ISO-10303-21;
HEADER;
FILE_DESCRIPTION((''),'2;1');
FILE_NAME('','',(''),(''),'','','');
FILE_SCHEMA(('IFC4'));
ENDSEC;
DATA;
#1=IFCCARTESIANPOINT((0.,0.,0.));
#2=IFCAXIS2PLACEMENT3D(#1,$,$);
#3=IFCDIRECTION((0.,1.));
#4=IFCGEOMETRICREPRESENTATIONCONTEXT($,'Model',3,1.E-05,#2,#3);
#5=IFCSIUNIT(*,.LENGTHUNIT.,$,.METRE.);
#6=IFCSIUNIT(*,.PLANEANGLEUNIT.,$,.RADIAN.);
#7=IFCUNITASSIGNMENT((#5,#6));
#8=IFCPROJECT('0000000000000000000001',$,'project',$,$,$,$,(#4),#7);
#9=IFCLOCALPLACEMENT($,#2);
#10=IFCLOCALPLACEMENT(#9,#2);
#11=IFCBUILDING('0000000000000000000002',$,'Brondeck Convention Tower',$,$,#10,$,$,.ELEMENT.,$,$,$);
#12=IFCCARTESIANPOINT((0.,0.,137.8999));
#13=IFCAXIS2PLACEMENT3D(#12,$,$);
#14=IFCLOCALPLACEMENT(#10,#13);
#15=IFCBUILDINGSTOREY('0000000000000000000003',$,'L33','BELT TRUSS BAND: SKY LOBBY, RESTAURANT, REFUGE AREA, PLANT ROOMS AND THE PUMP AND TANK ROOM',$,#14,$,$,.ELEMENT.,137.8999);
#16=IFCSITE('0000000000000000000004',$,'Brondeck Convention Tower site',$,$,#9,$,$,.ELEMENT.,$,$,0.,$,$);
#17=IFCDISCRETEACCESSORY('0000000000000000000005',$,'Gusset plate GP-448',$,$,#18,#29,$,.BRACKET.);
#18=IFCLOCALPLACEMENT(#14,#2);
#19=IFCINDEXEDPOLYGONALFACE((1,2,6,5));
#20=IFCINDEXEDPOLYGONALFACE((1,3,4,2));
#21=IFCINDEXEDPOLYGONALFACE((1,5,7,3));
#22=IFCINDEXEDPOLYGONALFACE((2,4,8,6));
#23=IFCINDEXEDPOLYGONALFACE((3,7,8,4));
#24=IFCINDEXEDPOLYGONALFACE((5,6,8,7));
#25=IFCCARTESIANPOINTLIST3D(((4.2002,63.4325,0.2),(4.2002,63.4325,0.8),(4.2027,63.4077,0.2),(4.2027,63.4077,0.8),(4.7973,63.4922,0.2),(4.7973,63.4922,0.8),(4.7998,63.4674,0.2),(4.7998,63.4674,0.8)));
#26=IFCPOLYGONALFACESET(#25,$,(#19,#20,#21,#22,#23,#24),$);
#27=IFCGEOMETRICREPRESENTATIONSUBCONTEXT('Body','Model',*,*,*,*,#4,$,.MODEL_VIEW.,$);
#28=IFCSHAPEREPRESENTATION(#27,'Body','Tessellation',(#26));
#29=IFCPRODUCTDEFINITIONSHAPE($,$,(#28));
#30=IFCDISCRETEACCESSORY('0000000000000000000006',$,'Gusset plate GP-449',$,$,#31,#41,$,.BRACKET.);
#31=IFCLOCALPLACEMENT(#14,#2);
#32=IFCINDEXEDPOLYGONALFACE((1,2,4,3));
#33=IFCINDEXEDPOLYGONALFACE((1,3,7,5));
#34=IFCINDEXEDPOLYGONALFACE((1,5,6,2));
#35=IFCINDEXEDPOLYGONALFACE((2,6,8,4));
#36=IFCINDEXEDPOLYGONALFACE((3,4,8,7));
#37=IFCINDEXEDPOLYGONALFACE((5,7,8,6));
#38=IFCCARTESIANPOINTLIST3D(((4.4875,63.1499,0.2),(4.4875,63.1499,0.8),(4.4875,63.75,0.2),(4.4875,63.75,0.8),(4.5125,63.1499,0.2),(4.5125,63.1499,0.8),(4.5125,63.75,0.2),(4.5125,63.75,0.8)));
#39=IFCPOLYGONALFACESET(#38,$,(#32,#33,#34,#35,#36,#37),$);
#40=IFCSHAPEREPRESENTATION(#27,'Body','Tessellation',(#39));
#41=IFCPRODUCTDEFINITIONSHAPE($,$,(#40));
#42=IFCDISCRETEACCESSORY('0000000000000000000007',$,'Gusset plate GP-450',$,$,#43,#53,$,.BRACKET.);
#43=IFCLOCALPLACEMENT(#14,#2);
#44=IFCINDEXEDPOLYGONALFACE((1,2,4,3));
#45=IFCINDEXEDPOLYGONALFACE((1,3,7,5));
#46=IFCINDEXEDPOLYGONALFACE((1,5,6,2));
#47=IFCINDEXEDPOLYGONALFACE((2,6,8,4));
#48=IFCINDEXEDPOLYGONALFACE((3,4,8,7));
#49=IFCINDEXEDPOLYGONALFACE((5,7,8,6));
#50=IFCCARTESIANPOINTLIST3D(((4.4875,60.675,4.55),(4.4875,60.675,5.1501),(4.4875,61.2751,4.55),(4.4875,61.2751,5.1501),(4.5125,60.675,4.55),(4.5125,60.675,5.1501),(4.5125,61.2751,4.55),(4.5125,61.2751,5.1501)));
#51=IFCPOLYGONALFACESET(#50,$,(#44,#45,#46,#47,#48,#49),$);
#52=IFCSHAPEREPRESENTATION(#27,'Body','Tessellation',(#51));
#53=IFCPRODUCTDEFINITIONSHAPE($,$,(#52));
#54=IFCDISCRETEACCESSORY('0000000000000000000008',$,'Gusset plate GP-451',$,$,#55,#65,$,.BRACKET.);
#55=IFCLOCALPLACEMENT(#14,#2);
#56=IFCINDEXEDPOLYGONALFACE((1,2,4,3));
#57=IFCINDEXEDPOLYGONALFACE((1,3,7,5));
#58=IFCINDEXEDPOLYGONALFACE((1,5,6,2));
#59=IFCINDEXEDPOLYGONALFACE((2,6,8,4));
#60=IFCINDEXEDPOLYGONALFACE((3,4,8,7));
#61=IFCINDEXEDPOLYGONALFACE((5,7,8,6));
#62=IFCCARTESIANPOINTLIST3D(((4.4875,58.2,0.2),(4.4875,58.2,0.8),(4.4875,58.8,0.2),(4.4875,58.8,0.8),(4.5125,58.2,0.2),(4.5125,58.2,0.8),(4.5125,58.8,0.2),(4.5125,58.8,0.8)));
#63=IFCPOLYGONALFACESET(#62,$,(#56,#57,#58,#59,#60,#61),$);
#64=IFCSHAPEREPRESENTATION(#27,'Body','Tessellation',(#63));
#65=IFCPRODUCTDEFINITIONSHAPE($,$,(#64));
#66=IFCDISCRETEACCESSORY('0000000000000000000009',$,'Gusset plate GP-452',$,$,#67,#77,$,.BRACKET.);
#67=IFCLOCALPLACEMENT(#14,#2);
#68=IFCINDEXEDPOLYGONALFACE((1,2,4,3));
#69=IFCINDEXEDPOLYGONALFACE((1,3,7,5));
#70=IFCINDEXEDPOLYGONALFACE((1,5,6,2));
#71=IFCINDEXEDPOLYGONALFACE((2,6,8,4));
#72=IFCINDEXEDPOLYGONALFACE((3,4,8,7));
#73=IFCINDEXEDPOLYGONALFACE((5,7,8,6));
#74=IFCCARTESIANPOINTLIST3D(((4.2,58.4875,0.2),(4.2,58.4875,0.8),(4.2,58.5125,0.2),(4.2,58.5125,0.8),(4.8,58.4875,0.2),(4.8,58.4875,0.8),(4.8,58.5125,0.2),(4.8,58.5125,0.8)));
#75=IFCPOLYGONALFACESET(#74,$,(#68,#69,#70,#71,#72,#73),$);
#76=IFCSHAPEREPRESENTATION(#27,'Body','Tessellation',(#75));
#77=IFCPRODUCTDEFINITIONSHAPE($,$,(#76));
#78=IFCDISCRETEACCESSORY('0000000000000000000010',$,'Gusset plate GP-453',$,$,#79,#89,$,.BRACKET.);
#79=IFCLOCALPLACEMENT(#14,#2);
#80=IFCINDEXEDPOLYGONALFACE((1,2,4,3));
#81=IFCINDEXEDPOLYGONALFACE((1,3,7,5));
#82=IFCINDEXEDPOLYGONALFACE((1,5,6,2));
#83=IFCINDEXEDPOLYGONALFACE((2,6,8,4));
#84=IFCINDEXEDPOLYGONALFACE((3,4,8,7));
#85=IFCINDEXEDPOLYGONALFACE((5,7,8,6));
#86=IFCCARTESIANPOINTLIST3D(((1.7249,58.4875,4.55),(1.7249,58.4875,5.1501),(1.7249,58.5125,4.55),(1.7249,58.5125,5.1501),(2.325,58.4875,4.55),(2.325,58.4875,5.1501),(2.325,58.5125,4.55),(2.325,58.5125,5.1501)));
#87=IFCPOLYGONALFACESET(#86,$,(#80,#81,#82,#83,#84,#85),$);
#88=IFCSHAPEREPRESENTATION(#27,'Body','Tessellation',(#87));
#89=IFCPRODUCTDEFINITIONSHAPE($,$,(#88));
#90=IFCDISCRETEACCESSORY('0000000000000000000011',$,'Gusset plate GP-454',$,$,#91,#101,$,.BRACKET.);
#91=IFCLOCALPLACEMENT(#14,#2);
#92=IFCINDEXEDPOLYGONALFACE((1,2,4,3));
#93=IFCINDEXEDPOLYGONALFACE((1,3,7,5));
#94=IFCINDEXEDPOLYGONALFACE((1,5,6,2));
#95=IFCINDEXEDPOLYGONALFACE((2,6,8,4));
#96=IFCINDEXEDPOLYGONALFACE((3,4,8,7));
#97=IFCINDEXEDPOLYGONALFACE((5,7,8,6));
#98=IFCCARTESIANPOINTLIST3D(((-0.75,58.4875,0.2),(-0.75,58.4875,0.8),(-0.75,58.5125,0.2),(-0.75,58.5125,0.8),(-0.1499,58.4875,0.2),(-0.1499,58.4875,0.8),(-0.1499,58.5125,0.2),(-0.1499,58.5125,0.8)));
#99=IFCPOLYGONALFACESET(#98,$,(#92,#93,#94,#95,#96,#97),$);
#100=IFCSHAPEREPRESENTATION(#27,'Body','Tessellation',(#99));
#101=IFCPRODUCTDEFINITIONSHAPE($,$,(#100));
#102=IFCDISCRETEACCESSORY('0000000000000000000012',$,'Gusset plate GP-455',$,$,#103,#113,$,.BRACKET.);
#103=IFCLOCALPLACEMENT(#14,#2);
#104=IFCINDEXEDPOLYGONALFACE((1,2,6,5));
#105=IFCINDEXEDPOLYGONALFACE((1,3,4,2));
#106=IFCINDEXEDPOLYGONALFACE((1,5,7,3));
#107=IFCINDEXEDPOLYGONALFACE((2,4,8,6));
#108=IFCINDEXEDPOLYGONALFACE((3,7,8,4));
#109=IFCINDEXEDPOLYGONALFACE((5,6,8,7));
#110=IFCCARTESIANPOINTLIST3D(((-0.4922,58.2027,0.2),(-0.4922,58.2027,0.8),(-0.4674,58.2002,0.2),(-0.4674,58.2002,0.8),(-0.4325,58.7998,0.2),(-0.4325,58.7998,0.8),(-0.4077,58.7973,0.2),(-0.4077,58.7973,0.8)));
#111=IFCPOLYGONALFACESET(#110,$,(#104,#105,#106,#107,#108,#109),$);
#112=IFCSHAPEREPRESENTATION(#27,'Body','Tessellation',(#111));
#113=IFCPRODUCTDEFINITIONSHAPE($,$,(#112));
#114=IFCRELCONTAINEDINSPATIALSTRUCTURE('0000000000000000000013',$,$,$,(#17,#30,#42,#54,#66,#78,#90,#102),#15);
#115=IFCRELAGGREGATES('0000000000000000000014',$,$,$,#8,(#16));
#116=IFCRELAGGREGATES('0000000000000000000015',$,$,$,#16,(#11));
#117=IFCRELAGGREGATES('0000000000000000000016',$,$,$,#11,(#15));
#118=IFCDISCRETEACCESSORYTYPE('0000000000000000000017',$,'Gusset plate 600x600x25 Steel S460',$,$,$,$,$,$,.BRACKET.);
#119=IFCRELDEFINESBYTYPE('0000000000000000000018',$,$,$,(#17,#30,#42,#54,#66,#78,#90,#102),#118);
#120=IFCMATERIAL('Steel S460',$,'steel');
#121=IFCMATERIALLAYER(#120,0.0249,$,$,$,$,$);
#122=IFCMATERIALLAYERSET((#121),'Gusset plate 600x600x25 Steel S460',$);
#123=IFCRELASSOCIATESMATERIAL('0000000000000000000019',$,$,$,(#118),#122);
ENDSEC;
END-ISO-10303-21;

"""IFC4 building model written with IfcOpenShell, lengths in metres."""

from ifc_helpers import new_model, si_unit, direction, frame, origin, origin_2d, place, context, subcontext, project, spatial, rectangle, extrude, material, layer, layer_set, type_object, element, save


model = new_model("IFC4")

# Units and contexts
model_context = context("Model", 3, precision=1e-05, world=origin(), true_north=direction((0.0, 1.0)))
body_context = subcontext(model_context, "Body", "Model", "MODEL_VIEW")
ifc_project = project(units=[si_unit("LENGTHUNIT", "METRE"), si_unit("PLANEANGLEUNIT", "RADIAN")], contexts=[model_context])

# Site, building, storey
site_placement = place(None, origin())
site = spatial("IfcSite", under=ifc_project, at=site_placement, Name="Brondeck Convention Tower site", CompositionType="ELEMENT", RefElevation=0.0)
building_placement = place(site_placement, origin())
building = spatial("IfcBuilding", under=site, at=building_placement, Name="Brondeck Convention Tower", CompositionType="ELEMENT")
storey_placement = place(building_placement, frame((0.0, 0.0, 137.8999)))
storey = spatial("IfcBuildingStorey", under=building, at=storey_placement, Name="L33", Description="BELT TRUSS BAND: SKY LOBBY, RESTAURANT, REFUGE AREA, PLANT ROOMS AND THE PUMP AND TANK ROOM", CompositionType="ELEMENT", Elevation=137.8999)

# Shared definitions
ifc_material_1 = material(Name="Steel S460", Category="steel")

# Discrete accessories
ifc_layer_1 = layer(ifc_material_1, 0.0249)
ifc_layer_set_1 = layer_set([ifc_layer_1], Name="Gusset plate 600x600x25 Steel S460")
discrete_accessory_type = type_object("IfcDiscreteAccessoryType", Name="Gusset plate 600x600x25 Steel S460", PredefinedType="BRACKET", material=ifc_layer_set_1)
for number, where, z_axis, x_axis, name in (
    (1, (4.5, 63.45, 0.2), (0.0, 0.0, 1.0), (0.995036, 0.099511, 0.0), "Gusset plate GP-448"),
    (2, (4.5, 63.45, 0.2), (0.0, 0.0, 1.0), (0.0, 1.0, 0.0), "Gusset plate GP-449"),
    (3, (4.5, 60.9751, 4.55), (0.0, 0.0, 1.0), (0.0, 1.0, 0.0), "Gusset plate GP-450"),
    (4, (4.5, 58.5, 0.2), (0.0, 0.0, 1.0), (0.0, 1.0, 0.0), "Gusset plate GP-451"),
    (5, (4.5, 58.5, 0.2), (0.0, 0.0, 1.0), (1.0, 0.0, 0.0), "Gusset plate GP-452"),
    (6, (2.0249, 58.5, 4.55), (0.0, 0.0, 1.0), (1.0, 0.0, 0.0), "Gusset plate GP-453"),
    (7, (-0.45, 58.5, 0.2), (0.0, 0.0, 1.0), (1.0, 0.0, 0.0), "Gusset plate GP-454"),
    (8, (-0.45, 58.5, 0.2), (0.0, 0.0, 1.0), (0.099511, 0.995036, 0.0), "Gusset plate GP-455"),
):
    element("IfcDiscreteAccessory", number, at=place(storey_placement, frame(where, z_axis=z_axis, x_axis=x_axis)), inside=storey, type_object=discrete_accessory_type, Name=name, PredefinedType="BRACKET", context=body_context, shape_type="SweptSolid", body=[
        extrude(rectangle(XDim=0.6001, YDim=0.0249, at=origin_2d()), origin(), (0.0, 0.0, 1.0), 0.6001),
    ])

save(model, "model.ifc")
